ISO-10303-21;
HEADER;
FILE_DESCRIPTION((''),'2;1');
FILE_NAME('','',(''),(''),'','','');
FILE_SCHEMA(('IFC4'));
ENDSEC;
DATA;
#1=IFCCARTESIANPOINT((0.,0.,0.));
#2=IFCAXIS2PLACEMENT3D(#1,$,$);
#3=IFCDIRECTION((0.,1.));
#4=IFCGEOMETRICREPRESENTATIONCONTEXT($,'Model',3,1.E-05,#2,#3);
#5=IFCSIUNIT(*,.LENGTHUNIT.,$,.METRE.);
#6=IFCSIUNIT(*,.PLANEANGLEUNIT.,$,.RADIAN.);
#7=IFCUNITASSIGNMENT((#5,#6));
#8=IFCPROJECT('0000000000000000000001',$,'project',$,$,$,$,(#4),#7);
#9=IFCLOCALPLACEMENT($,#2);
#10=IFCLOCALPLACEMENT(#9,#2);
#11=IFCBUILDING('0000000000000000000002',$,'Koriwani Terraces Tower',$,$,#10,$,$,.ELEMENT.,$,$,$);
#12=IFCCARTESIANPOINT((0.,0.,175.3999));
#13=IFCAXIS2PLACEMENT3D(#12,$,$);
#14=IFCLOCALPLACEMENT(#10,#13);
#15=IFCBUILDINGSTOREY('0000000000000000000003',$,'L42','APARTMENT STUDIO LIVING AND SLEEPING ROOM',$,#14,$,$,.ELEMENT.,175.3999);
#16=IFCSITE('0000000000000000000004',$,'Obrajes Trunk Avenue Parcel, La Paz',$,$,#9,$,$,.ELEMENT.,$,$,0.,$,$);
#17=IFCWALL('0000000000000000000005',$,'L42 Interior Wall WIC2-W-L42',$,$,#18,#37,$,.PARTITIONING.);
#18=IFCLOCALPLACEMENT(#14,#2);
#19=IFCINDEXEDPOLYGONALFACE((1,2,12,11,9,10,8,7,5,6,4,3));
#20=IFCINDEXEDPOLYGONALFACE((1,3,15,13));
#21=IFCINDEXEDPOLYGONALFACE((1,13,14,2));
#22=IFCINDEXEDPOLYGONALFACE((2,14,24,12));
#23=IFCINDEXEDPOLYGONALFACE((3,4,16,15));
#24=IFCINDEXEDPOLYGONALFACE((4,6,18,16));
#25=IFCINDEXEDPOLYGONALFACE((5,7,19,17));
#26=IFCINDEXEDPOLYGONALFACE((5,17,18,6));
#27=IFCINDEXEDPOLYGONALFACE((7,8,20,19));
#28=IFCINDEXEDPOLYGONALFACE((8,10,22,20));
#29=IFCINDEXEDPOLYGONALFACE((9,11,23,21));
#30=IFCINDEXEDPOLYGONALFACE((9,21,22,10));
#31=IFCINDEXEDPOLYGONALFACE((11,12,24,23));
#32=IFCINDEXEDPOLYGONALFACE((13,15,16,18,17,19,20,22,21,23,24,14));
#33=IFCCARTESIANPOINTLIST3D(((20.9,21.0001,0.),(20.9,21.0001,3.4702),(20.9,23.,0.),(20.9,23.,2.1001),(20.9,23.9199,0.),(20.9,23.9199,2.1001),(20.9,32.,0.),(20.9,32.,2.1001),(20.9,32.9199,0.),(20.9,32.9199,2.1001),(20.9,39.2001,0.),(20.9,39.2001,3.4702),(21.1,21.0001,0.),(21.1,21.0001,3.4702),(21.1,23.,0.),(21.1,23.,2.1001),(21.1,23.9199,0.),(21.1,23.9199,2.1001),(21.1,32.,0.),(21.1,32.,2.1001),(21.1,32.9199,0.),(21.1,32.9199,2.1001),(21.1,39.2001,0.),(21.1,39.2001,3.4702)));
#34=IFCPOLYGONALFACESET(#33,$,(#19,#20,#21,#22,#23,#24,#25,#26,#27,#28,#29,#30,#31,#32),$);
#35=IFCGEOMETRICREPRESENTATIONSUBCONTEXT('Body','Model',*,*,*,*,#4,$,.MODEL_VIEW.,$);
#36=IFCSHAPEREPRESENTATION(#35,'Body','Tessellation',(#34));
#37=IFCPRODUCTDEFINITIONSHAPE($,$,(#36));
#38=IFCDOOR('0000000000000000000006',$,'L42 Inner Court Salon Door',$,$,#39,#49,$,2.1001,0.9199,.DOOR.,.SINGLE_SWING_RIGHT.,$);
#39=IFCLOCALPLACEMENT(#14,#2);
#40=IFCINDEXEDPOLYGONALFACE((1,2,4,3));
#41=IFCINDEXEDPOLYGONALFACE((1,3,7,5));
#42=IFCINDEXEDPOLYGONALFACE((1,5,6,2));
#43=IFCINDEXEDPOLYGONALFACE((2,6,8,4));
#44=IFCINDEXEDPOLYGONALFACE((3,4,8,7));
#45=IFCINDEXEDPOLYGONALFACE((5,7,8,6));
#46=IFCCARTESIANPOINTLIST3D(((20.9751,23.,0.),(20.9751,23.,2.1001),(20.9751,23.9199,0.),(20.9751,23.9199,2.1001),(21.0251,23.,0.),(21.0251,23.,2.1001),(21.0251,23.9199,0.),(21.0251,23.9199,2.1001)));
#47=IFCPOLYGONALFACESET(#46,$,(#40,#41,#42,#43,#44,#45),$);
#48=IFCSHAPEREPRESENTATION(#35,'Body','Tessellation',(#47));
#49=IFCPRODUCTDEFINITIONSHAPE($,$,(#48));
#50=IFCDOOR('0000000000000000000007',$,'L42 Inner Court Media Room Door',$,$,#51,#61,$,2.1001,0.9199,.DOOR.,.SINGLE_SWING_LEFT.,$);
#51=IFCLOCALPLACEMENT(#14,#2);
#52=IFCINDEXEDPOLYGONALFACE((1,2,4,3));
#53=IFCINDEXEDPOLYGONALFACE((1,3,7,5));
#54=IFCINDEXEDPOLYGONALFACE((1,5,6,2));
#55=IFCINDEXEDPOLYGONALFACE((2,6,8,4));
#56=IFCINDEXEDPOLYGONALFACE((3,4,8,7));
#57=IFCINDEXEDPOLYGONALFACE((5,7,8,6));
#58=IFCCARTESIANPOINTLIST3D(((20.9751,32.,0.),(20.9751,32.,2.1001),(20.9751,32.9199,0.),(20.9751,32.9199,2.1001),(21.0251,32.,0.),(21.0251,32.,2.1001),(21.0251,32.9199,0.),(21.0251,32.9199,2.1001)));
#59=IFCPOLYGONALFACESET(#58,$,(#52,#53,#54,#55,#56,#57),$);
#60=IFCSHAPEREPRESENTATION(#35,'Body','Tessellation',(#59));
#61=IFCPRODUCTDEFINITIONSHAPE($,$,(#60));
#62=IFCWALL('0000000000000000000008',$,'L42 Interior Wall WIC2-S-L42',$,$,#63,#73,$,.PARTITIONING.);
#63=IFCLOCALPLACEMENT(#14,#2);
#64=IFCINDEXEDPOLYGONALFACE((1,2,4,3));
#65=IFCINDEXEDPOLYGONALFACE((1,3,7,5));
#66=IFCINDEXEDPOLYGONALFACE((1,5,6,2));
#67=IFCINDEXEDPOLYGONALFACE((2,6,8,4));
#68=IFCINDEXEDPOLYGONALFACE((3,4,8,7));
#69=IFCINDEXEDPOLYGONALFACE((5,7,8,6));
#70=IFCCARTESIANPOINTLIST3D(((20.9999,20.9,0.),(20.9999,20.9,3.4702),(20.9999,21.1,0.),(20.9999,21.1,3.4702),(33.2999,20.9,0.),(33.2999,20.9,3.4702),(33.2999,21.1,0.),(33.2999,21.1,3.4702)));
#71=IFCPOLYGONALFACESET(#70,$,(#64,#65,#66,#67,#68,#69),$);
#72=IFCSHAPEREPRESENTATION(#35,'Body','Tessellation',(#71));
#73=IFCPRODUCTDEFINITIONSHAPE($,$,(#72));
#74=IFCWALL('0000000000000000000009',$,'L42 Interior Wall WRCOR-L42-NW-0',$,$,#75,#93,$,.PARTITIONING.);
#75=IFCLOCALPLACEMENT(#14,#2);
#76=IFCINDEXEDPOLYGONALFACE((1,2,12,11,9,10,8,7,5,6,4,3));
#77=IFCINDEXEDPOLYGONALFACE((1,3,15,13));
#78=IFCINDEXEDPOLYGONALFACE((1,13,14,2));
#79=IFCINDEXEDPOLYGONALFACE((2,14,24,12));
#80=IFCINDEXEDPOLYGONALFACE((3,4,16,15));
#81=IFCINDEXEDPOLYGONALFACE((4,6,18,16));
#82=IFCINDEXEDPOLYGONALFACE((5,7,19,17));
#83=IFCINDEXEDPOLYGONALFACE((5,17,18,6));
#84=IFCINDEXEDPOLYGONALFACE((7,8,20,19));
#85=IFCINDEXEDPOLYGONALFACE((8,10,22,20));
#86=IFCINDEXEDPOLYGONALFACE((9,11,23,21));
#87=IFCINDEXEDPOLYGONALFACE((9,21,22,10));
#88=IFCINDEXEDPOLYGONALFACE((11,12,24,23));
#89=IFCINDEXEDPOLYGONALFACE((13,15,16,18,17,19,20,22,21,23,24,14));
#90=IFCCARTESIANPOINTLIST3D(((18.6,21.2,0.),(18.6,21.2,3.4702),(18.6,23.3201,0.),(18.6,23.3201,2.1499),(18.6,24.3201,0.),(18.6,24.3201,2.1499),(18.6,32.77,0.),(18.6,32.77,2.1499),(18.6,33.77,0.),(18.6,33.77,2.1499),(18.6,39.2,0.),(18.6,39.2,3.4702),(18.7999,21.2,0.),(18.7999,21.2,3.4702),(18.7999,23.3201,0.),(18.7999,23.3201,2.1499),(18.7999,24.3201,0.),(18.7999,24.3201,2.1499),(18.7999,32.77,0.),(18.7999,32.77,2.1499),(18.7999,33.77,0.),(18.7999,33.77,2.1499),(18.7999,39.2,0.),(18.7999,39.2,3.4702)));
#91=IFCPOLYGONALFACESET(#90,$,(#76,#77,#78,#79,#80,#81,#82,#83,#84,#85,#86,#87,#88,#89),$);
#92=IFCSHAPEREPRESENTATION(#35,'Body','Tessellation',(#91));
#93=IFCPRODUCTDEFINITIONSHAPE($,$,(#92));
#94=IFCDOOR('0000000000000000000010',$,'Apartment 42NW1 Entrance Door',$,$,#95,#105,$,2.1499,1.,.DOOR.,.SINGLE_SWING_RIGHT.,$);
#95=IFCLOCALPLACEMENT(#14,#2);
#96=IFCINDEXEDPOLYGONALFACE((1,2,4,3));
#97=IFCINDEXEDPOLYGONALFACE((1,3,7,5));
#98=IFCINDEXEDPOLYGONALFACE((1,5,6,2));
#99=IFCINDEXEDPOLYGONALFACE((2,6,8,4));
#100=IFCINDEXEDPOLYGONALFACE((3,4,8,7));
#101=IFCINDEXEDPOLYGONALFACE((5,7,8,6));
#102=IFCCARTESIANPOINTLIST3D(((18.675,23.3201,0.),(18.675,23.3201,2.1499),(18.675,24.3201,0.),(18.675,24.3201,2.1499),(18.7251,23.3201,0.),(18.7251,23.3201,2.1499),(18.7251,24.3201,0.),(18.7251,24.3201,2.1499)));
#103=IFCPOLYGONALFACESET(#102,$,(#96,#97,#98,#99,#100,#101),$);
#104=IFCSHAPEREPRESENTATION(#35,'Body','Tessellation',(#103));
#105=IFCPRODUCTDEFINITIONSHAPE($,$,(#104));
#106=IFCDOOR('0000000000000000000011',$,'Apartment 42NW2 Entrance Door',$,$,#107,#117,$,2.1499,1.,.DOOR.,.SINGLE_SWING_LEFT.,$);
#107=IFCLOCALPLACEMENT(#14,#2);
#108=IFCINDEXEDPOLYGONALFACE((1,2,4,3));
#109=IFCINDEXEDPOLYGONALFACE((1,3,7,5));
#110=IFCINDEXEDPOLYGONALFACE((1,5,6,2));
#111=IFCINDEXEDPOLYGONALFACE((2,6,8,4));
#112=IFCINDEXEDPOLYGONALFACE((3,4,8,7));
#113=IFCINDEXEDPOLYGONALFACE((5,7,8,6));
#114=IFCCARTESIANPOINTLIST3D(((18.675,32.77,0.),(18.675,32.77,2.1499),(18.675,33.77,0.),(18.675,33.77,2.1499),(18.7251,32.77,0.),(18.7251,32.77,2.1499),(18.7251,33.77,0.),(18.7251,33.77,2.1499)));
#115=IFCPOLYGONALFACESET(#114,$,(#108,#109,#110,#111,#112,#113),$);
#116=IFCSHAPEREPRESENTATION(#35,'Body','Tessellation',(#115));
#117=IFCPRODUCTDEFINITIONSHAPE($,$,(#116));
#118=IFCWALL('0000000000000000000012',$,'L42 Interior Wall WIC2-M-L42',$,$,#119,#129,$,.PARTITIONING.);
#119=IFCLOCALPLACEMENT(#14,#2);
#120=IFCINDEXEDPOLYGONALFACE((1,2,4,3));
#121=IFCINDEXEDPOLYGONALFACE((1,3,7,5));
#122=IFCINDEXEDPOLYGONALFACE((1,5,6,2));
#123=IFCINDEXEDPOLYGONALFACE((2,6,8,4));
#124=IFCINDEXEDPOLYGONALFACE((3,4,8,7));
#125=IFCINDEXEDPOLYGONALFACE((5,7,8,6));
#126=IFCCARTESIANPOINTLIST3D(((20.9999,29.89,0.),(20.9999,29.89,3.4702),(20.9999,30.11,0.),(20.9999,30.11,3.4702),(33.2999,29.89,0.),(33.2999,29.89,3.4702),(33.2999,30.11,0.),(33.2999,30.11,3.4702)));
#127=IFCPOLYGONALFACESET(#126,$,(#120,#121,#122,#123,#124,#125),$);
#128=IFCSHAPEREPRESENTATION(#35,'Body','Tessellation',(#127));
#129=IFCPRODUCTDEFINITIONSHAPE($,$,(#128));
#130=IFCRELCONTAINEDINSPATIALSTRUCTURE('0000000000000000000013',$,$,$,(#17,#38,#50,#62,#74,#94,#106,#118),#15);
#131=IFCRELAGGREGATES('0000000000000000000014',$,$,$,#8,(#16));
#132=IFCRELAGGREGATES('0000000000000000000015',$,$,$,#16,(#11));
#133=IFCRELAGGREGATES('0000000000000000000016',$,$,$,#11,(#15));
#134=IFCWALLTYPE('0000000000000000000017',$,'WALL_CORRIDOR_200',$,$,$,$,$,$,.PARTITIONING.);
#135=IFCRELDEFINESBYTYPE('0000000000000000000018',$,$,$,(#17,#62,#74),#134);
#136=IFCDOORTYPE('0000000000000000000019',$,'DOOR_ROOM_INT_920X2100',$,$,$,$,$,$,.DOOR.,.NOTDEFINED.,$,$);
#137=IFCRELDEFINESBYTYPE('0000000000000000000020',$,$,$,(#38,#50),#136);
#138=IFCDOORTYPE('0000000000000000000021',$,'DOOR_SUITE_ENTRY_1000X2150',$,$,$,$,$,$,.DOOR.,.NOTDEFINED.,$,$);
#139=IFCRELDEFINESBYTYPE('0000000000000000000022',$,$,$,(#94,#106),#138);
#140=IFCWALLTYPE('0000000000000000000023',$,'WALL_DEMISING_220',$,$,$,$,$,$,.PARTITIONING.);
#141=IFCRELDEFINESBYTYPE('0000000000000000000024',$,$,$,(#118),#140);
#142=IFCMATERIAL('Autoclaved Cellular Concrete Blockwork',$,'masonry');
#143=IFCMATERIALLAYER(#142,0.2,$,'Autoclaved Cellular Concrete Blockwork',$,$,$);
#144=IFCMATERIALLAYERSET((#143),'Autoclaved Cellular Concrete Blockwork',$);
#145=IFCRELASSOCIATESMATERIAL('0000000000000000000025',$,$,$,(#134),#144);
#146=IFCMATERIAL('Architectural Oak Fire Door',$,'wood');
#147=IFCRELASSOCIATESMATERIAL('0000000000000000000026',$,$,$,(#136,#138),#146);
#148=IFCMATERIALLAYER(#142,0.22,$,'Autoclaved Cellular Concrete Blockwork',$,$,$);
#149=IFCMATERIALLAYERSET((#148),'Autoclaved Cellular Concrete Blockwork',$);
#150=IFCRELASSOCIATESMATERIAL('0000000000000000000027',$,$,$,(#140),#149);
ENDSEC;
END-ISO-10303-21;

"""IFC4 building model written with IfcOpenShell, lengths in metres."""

from ifc_helpers import new_model, si_unit, direction, frame, frame_2d, origin, place, context, subcontext, project, spatial, rectangle, extrude, material, layer, layer_set, type_object, element, fill, save


model = new_model("IFC4")

# Units and contexts
model_context = context("Model", 3, precision=1e-05, world=origin(), true_north=direction((0.0, 1.0)))
body_context = subcontext(model_context, "Body", "Model", "MODEL_VIEW")
ifc_project = project(units=[si_unit("LENGTHUNIT", "METRE"), si_unit("PLANEANGLEUNIT", "RADIAN")], contexts=[model_context])

# Site, building, storey
site_placement = place(None, origin())
site = spatial("IfcSite", under=ifc_project, at=site_placement, Name="Obrajes Trunk Avenue Parcel, La Paz", CompositionType="ELEMENT", RefElevation=0.0)
building_placement = place(site_placement, origin())
building = spatial("IfcBuilding", under=site, at=building_placement, Name="Koriwani Terraces Tower", CompositionType="ELEMENT")
storey_placement = place(building_placement, frame((0.0, 0.0, 175.3999)))
storey = spatial("IfcBuildingStorey", under=building, at=storey_placement, Name="L42", Description="APARTMENT STUDIO LIVING AND SLEEPING ROOM", CompositionType="ELEMENT", Elevation=175.3999)

# Wall, openings, doors
ifc_material_1 = material(Name="Autoclaved Cellular Concrete Blockwork", Category="masonry")
ifc_layer_1 = layer(ifc_material_1, 0.2, Name="Autoclaved Cellular Concrete Blockwork")
ifc_layer_set_1 = layer_set([ifc_layer_1], Name="Autoclaved Cellular Concrete Blockwork")
wall_type_1 = type_object("IfcWallType", Name="WALL_CORRIDOR_200", PredefinedType="PARTITIONING", material=ifc_layer_set_1)
wall_1_placement = place(storey_placement, frame((21.0, 21.0, 0.0), z_axis=(0.0, 0.0, 1.0), x_axis=(0.0, 1.0, 0.0)))
wall_1 = element("IfcWall", 1, at=wall_1_placement, inside=storey, type_object=wall_type_1, Name="L42 Interior Wall WIC2-W-L42", PredefinedType="PARTITIONING", context=body_context, shape_type="SweptSolid", body=[
    extrude(rectangle(XDim=18.2, YDim=0.2, at=frame_2d((9.1001, 0.0))), origin(), (0.0, 0.0, 1.0), 3.4702),
])
opening_1_placement = place(wall_1_placement, frame((2.0, 0.0, 0.0)))
opening_1 = element("IfcOpeningElement", 2, at=opening_1_placement, cuts=wall_1, PredefinedType="OPENING", context=body_context, shape_type="SweptSolid", body=[
    extrude(rectangle(XDim=0.9199, YDim=2.1001, at=frame_2d((0.46, 1.05))), frame((0.0, 0.1099, 0.0), z_axis=(0.0, -1.0, 0.0), x_axis=(1.0, 0.0, 0.0)), (0.0, 0.0, 1.0), 0.22),
])
opening_2_placement = place(wall_1_placement, frame((11.0, 0.0, 0.0)))
opening_2 = element("IfcOpeningElement", 3, at=opening_2_placement, cuts=wall_1, PredefinedType="OPENING", context=body_context, shape_type="SweptSolid", body=[
    extrude(rectangle(XDim=0.9199, YDim=2.1001, at=frame_2d((0.46, 1.05))), frame((0.0, 0.1099, 0.0), z_axis=(0.0, -1.0, 0.0), x_axis=(1.0, 0.0, 0.0)), (0.0, 0.0, 1.0), 0.22),
])
ifc_material_2 = material(Name="Architectural Oak Fire Door", Category="wood")
door_type_1 = type_object("IfcDoorType", Name="DOOR_ROOM_INT_920X2100", OperationType="NOTDEFINED", PredefinedType="DOOR", material=ifc_material_2)
door_1_placement = place(opening_1_placement, origin())
door_1 = element("IfcDoor", 4, at=door_1_placement, inside=storey, type_object=door_type_1, Name="L42 Inner Court Salon Door", OperationType="SINGLE_SWING_RIGHT", OverallHeight=2.1001, OverallWidth=0.9199, PredefinedType="DOOR", context=body_context, shape_type="SweptSolid", body=[
    extrude(rectangle(XDim=0.9199, YDim=2.1001, at=frame_2d((0.46, 1.05))), frame((0.0, 0.0249, 0.0), z_axis=(0.0, -1.0, 0.0), x_axis=(1.0, 0.0, 0.0)), (0.0, 0.0, 1.0), 0.05),
])
fill(opening_1, door_1)
door_2_placement = place(opening_2_placement, origin())
door_2 = element("IfcDoor", 5, at=door_2_placement, inside=storey, type_object=door_type_1, Name="L42 Inner Court Media Room Door", OperationType="SINGLE_SWING_LEFT", OverallHeight=2.1001, OverallWidth=0.9199, PredefinedType="DOOR", context=body_context, shape_type="SweptSolid", body=[
    extrude(rectangle(XDim=0.9199, YDim=2.1001, at=frame_2d((0.46, 1.05))), frame((0.0, 0.0249, 0.0), z_axis=(0.0, -1.0, 0.0), x_axis=(1.0, 0.0, 0.0)), (0.0, 0.0, 1.0), 0.05),
])
fill(opening_2, door_2)

# Wall
wall_2_placement = place(storey_placement, frame((21.0, 21.0, 0.0), z_axis=(0.0, 0.0, 1.0), x_axis=(1.0, 0.0, 0.0)))
element("IfcWall", 6, at=wall_2_placement, inside=storey, type_object=wall_type_1, Name="L42 Interior Wall WIC2-S-L42", PredefinedType="PARTITIONING", context=body_context, shape_type="SweptSolid", body=[
    extrude(rectangle(XDim=12.3, YDim=0.2, at=frame_2d((6.1499, 0.0))), origin(), (0.0, 0.0, 1.0), 3.4702),
])

# Wall, openings, doors
wall_3_placement = place(storey_placement, frame((18.7, 21.2, 0.0), z_axis=(0.0, 0.0, 1.0), x_axis=(0.0, 1.0, 0.0)))
wall_3 = element("IfcWall", 7, at=wall_3_placement, inside=storey, type_object=wall_type_1, Name="L42 Interior Wall WRCOR-L42-NW-0", PredefinedType="PARTITIONING", context=body_context, shape_type="SweptSolid", body=[
    extrude(rectangle(XDim=18.0, YDim=0.2, at=frame_2d((9.0, 0.0))), origin(), (0.0, 0.0, 1.0), 3.4702),
])
opening_3_placement = place(wall_3_placement, frame((2.1201, 0.0, 0.0)))
opening_3 = element("IfcOpeningElement", 8, at=opening_3_placement, cuts=wall_3, PredefinedType="OPENING", context=body_context, shape_type="SweptSolid", body=[
    extrude(rectangle(XDim=1.0, YDim=2.1499, at=frame_2d((0.5, 1.075))), frame((0.0, 0.1099, 0.0), z_axis=(0.0, -1.0, 0.0), x_axis=(1.0, 0.0, 0.0)), (0.0, 0.0, 1.0), 0.22),
])
opening_4_placement = place(wall_3_placement, frame((11.5701, 0.0, 0.0)))
opening_4 = element("IfcOpeningElement", 9, at=opening_4_placement, cuts=wall_3, PredefinedType="OPENING", context=body_context, shape_type="SweptSolid", body=[
    extrude(rectangle(XDim=1.0, YDim=2.1499, at=frame_2d((0.5, 1.075))), frame((0.0, 0.1099, 0.0), z_axis=(0.0, -1.0, 0.0), x_axis=(1.0, 0.0, 0.0)), (0.0, 0.0, 1.0), 0.22),
])
door_type_2 = type_object("IfcDoorType", Name="DOOR_SUITE_ENTRY_1000X2150", OperationType="NOTDEFINED", PredefinedType="DOOR", material=ifc_material_2)
door_3_placement = place(opening_3_placement, origin())
door_3 = element("IfcDoor", 10, at=door_3_placement, inside=storey, type_object=door_type_2, Name="Apartment 42NW1 Entrance Door", OperationType="SINGLE_SWING_RIGHT", OverallHeight=2.1499, OverallWidth=1.0, PredefinedType="DOOR", context=body_context, shape_type="SweptSolid", body=[
    extrude(rectangle(XDim=1.0, YDim=2.1499, at=frame_2d((0.5, 1.075))), frame((0.0, 0.0249, 0.0), z_axis=(0.0, -1.0, 0.0), x_axis=(1.0, 0.0, 0.0)), (0.0, 0.0, 1.0), 0.05),
])
fill(opening_3, door_3)
door_4_placement = place(opening_4_placement, origin())
door_4 = element("IfcDoor", 11, at=door_4_placement, inside=storey, type_object=door_type_2, Name="Apartment 42NW2 Entrance Door", OperationType="SINGLE_SWING_LEFT", OverallHeight=2.1499, OverallWidth=1.0, PredefinedType="DOOR", context=body_context, shape_type="SweptSolid", body=[
    extrude(rectangle(XDim=1.0, YDim=2.1499, at=frame_2d((0.5, 1.075))), frame((0.0, 0.0249, 0.0), z_axis=(0.0, -1.0, 0.0), x_axis=(1.0, 0.0, 0.0)), (0.0, 0.0, 1.0), 0.05),
])
fill(opening_4, door_4)

# Wall
ifc_layer_2 = layer(ifc_material_1, 0.22, Name="Autoclaved Cellular Concrete Blockwork")
ifc_layer_set_2 = layer_set([ifc_layer_2], Name="Autoclaved Cellular Concrete Blockwork")
wall_type_2 = type_object("IfcWallType", Name="WALL_DEMISING_220", PredefinedType="PARTITIONING", material=ifc_layer_set_2)
wall_4_placement = place(storey_placement, frame((21.0, 30.0, 0.0), z_axis=(0.0, 0.0, 1.0), x_axis=(1.0, 0.0, 0.0)))
element("IfcWall", 12, at=wall_4_placement, inside=storey, type_object=wall_type_2, Name="L42 Interior Wall WIC2-M-L42", PredefinedType="PARTITIONING", context=body_context, shape_type="SweptSolid", body=[
    extrude(rectangle(XDim=12.3, YDim=0.22, at=frame_2d((6.1499, 0.0))), origin(), (0.0, 0.0, 1.0), 3.4702),
])

save(model, "model.ifc")
